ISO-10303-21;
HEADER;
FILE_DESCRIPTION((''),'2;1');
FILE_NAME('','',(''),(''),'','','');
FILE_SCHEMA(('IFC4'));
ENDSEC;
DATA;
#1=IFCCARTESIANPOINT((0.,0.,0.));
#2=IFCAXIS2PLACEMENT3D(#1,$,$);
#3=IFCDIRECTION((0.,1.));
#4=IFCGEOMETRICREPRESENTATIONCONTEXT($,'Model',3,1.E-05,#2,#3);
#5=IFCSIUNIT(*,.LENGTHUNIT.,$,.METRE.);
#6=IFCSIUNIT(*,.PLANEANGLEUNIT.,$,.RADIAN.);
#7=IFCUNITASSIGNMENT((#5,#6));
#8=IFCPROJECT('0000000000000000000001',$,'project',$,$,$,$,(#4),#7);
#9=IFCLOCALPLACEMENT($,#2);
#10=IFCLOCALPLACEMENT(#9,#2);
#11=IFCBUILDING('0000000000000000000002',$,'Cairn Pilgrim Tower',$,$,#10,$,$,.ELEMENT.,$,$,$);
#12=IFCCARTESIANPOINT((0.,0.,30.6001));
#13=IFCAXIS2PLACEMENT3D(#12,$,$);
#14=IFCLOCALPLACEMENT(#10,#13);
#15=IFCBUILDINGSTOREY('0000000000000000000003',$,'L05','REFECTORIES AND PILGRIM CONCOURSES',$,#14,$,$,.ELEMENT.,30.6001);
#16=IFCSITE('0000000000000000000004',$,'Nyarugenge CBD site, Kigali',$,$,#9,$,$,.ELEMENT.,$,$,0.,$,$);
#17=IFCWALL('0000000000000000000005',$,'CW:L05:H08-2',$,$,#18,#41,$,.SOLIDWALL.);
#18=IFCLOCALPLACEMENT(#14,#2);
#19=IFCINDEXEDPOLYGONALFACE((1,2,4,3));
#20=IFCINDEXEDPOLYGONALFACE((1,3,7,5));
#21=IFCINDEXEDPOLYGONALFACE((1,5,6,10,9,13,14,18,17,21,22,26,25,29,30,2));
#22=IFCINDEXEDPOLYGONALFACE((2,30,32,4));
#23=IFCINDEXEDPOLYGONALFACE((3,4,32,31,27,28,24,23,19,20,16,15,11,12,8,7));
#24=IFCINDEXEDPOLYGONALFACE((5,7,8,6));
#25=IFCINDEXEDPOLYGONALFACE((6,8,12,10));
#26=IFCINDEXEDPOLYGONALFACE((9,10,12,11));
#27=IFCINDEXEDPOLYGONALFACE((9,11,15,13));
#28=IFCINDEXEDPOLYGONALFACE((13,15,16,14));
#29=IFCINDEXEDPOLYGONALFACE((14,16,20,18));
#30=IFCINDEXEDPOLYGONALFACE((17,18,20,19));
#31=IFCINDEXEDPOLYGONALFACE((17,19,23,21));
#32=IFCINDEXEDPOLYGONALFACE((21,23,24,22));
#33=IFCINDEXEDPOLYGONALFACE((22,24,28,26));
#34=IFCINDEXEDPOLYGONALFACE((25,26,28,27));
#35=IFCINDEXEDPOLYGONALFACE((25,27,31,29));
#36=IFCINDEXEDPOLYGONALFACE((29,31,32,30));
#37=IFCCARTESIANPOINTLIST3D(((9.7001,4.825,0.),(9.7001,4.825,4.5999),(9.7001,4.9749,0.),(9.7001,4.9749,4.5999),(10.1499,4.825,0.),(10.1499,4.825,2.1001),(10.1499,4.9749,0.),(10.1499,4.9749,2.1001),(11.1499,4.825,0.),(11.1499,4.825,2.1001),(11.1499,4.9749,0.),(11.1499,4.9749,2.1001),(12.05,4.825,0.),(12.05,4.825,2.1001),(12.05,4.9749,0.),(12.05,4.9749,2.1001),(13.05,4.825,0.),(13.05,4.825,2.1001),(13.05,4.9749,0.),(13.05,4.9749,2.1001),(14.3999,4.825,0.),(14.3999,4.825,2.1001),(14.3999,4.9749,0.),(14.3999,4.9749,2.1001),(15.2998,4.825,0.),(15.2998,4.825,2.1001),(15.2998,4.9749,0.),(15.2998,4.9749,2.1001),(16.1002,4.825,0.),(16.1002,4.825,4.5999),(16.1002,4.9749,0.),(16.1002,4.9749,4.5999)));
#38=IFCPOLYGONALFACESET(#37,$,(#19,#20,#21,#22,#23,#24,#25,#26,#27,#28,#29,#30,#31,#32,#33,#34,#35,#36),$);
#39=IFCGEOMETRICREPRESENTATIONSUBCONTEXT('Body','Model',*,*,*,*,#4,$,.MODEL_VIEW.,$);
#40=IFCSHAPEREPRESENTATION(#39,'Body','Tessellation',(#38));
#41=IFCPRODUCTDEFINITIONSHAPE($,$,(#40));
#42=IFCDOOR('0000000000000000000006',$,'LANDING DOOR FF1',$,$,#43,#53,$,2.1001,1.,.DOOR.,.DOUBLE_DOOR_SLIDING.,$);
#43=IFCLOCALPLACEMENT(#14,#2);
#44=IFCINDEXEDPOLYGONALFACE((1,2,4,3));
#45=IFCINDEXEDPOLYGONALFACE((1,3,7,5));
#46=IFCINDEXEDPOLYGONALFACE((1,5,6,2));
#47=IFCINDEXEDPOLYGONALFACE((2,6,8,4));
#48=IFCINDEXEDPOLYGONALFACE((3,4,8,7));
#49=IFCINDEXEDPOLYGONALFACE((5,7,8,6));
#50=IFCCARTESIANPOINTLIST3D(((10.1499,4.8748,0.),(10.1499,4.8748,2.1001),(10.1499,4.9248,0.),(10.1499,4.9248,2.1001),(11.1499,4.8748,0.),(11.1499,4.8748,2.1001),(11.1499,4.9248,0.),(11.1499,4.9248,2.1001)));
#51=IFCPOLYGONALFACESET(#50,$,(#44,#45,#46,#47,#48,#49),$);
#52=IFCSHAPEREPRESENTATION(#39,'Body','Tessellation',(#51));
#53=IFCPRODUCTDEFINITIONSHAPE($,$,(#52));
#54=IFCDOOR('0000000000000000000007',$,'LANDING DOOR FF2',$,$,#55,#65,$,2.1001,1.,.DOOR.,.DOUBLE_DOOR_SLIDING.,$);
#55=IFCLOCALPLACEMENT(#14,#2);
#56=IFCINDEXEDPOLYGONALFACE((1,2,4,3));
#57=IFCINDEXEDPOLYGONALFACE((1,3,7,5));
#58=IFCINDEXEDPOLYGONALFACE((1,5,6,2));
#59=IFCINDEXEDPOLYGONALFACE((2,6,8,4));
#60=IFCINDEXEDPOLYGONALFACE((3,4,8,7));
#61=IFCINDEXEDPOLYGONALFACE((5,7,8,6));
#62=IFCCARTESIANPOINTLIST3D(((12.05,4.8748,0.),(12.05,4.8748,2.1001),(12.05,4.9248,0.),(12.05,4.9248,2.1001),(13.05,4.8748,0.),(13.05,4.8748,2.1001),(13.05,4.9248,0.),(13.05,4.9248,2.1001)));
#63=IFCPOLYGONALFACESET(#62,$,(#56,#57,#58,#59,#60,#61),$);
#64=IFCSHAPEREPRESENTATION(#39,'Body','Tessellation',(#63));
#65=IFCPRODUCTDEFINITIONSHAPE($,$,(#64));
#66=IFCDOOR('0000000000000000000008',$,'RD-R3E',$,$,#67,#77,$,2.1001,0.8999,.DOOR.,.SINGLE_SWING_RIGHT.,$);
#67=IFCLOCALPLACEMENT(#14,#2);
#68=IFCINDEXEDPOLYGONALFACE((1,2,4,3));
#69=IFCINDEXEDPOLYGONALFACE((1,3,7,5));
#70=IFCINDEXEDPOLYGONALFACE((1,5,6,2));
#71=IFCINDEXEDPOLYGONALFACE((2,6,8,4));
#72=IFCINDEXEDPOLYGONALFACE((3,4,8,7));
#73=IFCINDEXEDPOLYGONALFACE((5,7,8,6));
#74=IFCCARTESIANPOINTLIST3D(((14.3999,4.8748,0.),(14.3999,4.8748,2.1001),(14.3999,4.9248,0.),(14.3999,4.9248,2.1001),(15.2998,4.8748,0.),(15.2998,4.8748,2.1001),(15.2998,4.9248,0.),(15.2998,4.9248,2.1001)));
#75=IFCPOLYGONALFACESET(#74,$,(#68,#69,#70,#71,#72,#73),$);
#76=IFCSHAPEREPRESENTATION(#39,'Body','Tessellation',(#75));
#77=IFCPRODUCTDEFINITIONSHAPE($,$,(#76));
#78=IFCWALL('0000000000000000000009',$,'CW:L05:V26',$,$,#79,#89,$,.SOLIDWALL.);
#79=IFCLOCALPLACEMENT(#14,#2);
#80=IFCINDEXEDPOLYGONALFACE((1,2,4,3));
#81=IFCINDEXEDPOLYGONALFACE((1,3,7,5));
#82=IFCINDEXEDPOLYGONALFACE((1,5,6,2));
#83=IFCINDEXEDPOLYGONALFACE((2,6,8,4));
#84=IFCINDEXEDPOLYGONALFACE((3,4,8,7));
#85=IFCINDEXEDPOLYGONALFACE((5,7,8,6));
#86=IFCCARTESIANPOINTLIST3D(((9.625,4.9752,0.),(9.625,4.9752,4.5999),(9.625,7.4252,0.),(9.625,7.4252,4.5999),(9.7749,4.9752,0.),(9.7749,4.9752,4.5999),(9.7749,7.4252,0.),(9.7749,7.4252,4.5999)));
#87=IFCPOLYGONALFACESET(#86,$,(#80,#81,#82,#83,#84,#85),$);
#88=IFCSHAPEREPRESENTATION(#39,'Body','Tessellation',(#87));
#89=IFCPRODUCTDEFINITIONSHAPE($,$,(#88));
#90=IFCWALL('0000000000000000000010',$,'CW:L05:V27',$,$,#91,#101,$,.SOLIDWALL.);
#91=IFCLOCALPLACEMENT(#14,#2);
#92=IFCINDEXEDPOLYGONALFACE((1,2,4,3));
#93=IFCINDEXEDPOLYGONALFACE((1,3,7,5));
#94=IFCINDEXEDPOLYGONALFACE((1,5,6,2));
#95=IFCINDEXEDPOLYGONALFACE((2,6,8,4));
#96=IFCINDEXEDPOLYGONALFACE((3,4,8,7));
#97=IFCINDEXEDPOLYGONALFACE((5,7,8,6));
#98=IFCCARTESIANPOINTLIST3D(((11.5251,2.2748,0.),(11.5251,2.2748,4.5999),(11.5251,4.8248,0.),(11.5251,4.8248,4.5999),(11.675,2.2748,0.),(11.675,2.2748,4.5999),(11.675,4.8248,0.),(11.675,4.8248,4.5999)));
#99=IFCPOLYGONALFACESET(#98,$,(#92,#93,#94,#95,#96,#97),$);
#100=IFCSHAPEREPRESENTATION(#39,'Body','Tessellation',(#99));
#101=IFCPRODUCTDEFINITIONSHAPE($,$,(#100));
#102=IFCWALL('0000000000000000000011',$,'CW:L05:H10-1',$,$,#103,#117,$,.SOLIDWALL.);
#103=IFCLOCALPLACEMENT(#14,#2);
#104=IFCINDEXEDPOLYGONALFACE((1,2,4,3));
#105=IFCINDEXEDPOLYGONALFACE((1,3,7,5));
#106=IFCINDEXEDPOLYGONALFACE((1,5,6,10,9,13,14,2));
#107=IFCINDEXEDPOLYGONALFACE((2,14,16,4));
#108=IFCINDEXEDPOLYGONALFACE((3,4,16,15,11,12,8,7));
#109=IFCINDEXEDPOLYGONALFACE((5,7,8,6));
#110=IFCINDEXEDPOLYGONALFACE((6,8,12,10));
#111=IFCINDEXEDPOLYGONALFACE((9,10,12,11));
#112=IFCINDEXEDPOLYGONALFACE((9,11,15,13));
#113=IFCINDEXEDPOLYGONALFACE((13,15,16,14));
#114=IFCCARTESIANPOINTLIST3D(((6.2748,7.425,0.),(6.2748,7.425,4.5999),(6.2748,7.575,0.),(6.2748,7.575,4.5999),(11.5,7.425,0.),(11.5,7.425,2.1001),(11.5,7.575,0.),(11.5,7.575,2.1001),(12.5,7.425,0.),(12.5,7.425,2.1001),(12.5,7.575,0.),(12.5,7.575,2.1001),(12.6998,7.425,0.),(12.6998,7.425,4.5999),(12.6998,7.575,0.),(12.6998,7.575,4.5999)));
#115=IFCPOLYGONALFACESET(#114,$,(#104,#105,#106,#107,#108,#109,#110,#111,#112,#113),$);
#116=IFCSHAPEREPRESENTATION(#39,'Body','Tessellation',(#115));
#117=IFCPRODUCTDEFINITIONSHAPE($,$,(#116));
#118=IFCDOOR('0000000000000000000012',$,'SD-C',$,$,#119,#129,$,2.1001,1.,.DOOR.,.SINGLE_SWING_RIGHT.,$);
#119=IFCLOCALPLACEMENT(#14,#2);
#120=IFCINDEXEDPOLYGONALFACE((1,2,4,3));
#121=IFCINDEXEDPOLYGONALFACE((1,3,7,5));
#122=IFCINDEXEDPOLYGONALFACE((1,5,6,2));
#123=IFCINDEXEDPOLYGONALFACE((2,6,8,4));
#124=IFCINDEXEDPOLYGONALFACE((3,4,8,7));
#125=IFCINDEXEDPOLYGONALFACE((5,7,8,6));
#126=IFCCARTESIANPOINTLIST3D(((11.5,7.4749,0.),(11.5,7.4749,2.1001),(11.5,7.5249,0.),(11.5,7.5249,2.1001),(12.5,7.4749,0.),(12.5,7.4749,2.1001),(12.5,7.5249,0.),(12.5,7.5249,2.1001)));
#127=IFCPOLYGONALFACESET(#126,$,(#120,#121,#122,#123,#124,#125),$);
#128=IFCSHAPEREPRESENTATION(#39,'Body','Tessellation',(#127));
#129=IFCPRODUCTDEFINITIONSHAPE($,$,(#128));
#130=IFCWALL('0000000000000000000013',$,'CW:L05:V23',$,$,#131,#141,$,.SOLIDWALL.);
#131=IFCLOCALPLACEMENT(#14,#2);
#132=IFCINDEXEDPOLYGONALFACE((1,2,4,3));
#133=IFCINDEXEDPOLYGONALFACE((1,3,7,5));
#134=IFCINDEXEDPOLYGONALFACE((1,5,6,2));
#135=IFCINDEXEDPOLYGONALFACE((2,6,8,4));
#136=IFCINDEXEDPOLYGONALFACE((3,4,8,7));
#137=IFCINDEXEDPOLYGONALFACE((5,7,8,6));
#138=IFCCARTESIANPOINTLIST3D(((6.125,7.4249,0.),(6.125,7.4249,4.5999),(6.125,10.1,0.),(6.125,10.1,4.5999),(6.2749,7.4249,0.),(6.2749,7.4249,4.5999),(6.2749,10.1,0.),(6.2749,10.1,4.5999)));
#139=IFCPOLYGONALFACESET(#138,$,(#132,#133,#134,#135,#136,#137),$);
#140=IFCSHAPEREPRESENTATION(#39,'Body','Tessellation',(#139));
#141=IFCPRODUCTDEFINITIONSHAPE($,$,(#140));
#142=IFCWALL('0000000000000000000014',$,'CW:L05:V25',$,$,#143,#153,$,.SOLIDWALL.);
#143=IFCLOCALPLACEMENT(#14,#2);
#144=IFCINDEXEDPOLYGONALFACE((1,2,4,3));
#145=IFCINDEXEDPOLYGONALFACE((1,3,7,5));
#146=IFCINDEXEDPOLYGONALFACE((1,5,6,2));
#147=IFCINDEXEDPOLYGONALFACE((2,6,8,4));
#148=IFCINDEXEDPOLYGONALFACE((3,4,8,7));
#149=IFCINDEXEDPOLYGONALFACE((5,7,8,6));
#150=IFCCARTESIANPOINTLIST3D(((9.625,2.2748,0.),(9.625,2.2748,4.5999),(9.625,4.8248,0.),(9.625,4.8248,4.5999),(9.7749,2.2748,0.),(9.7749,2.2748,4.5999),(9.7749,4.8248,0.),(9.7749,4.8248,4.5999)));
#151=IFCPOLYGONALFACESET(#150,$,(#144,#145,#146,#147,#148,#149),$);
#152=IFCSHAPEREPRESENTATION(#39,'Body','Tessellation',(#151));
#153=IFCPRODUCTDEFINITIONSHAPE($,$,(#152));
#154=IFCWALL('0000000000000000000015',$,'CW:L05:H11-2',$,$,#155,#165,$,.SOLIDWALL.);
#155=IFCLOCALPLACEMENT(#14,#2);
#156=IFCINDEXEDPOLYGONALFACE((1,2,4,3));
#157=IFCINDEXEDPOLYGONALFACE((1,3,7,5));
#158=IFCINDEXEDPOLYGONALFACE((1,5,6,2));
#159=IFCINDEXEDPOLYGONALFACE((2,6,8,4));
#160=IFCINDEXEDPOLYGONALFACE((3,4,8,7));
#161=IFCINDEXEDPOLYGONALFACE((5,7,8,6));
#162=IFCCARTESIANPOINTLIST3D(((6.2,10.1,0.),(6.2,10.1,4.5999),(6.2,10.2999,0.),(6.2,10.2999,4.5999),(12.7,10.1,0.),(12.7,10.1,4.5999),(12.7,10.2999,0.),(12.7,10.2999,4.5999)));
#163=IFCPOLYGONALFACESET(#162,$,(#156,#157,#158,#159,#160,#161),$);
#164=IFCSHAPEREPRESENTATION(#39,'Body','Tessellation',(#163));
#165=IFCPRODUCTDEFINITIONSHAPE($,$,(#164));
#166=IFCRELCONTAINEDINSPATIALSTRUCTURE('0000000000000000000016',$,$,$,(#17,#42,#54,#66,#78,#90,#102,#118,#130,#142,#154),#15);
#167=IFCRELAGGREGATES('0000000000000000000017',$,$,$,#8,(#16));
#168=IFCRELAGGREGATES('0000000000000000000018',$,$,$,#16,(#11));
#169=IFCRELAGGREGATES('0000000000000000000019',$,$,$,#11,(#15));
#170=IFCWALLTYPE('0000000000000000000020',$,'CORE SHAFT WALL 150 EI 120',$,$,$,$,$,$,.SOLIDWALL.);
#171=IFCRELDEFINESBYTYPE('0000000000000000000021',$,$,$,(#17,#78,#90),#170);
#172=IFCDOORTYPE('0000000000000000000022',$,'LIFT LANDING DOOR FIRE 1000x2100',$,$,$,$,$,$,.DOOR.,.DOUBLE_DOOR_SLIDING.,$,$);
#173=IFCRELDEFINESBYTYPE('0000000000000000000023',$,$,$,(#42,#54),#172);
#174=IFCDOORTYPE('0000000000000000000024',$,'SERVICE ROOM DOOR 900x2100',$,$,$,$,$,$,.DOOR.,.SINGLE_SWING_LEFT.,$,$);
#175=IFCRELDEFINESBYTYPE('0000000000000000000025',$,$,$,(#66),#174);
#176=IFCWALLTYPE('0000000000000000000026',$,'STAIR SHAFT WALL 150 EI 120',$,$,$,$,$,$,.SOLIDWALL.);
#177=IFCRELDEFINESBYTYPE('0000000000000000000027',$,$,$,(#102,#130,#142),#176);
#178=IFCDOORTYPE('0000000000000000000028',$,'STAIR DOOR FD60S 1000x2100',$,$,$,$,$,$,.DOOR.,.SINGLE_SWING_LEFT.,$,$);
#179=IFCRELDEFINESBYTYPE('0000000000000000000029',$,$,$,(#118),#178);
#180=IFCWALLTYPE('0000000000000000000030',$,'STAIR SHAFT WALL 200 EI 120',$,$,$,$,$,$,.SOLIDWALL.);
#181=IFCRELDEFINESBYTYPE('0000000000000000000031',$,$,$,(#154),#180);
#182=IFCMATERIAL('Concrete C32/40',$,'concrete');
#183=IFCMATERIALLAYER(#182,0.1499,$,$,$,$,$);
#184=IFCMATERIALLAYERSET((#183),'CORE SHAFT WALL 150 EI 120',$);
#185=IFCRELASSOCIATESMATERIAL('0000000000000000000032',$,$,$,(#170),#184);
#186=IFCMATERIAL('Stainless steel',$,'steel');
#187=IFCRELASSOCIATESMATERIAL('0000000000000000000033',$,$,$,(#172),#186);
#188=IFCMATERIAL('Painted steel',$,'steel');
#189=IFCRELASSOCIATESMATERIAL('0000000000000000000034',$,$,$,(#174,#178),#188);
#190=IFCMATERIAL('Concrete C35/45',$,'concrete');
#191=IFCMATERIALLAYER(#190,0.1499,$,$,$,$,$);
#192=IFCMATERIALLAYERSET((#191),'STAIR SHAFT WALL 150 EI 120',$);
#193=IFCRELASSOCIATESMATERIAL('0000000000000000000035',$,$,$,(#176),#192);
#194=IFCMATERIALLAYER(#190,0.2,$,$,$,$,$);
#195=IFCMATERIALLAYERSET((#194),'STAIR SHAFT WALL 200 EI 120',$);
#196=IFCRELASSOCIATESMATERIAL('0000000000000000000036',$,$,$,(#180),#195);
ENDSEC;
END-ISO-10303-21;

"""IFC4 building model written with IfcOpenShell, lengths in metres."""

from ifc_helpers import new_model, si_unit, direction, frame, frame_2d, origin, place, context, subcontext, project, spatial, rectangle, extrude, material, layer, layer_set, type_object, element, fill, save


model = new_model("IFC4")

# Units and contexts
model_context = context("Model", 3, precision=1e-05, world=origin(), true_north=direction((0.0, 1.0)))
body_context = subcontext(model_context, "Body", "Model", "MODEL_VIEW")
ifc_project = project(units=[si_unit("LENGTHUNIT", "METRE"), si_unit("PLANEANGLEUNIT", "RADIAN")], contexts=[model_context])

# Site, building, storey
site_placement = place(None, origin())
site = spatial("IfcSite", under=ifc_project, at=site_placement, Name="Nyarugenge CBD site, Kigali", CompositionType="ELEMENT", RefElevation=0.0)
building_placement = place(site_placement, origin())
building = spatial("IfcBuilding", under=site, at=building_placement, Name="Cairn Pilgrim Tower", CompositionType="ELEMENT")
storey_placement = place(building_placement, frame((0.0, 0.0, 30.6001)))
storey = spatial("IfcBuildingStorey", under=building, at=storey_placement, Name="L05", Description="REFECTORIES AND PILGRIM CONCOURSES", CompositionType="ELEMENT", Elevation=30.6001)

# Shared definitions
ifc_material_1 = material(Name="Concrete C32/40", Category="concrete")
ifc_layer_1 = layer(ifc_material_1, 0.1499)
ifc_layer_set_1 = layer_set([ifc_layer_1], Name="CORE SHAFT WALL 150 EI 120")
wall_type_1 = type_object("IfcWallType", Name="CORE SHAFT WALL 150 EI 120", PredefinedType="SOLIDWALL", material=ifc_layer_set_1)

# Wall, openings, doors
wall_1_placement = place(storey_placement, frame((9.7, 4.8999, 0.0), z_axis=(0.0, 0.0, 1.0), x_axis=(1.0, 0.0, 0.0)))
wall_1 = element("IfcWall", 1, at=wall_1_placement, inside=storey, type_object=wall_type_1, Name="CW:L05:H08-2", PredefinedType="SOLIDWALL", context=body_context, shape_type="SweptSolid", body=[
    extrude(rectangle(XDim=6.4001, YDim=0.1499, at=frame_2d((3.2002, 0.0))), origin(), (0.0, 0.0, 1.0), 4.5999),
])
opening_1_placement = place(wall_1_placement, frame((0.45, 0.0, 0.0)))
opening_1 = element("IfcOpeningElement", 2, at=opening_1_placement, cuts=wall_1, PredefinedType="OPENING", context=body_context, shape_type="SweptSolid", body=[
    extrude(rectangle(XDim=1.0, YDim=2.1001, at=frame_2d((0.5, 1.05))), frame((0.0, 0.085, 0.0), z_axis=(0.0, -1.0, 0.0), x_axis=(1.0, 0.0, 0.0)), (0.0, 0.0, 1.0), 0.1699),
])
opening_2_placement = place(wall_1_placement, frame((2.3501, 0.0, 0.0)))
opening_2 = element("IfcOpeningElement", 3, at=opening_2_placement, cuts=wall_1, PredefinedType="OPENING", context=body_context, shape_type="SweptSolid", body=[
    extrude(rectangle(XDim=1.0, YDim=2.1001, at=frame_2d((0.5, 1.05))), frame((0.0, 0.085, 0.0), z_axis=(0.0, -1.0, 0.0), x_axis=(1.0, 0.0, 0.0)), (0.0, 0.0, 1.0), 0.1699),
])
opening_3_placement = place(wall_1_placement, frame((4.7, 0.0, 0.0)))
opening_3 = element("IfcOpeningElement", 4, at=opening_3_placement, cuts=wall_1, PredefinedType="OPENING", context=body_context, shape_type="SweptSolid", body=[
    extrude(rectangle(XDim=0.8999, YDim=2.1001, at=frame_2d((0.45, 1.05))), frame((0.0, 0.085, 0.0), z_axis=(0.0, -1.0, 0.0), x_axis=(1.0, 0.0, 0.0)), (0.0, 0.0, 1.0), 0.1699),
])
ifc_material_2 = material(Name="Stainless steel", Category="steel")
door_type_1 = type_object("IfcDoorType", Name="LIFT LANDING DOOR FIRE 1000x2100", OperationType="DOUBLE_DOOR_SLIDING", PredefinedType="DOOR", material=ifc_material_2)
door_1_placement = place(opening_1_placement, origin())
door_1 = element("IfcDoor", 5, at=door_1_placement, inside=storey, type_object=door_type_1, Name="LANDING DOOR FF1", OperationType="DOUBLE_DOOR_SLIDING", OverallHeight=2.1001, OverallWidth=1.0, PredefinedType="DOOR", context=body_context, shape_type="SweptSolid", body=[
    extrude(rectangle(XDim=1.0, YDim=2.1001, at=frame_2d((0.5, 1.05))), frame((0.0, 0.0249, 0.0), z_axis=(0.0, -1.0, 0.0), x_axis=(1.0, 0.0, 0.0)), (0.0, 0.0, 1.0), 0.05),
])
fill(opening_1, door_1)
door_2_placement = place(opening_2_placement, origin())
door_2 = element("IfcDoor", 6, at=door_2_placement, inside=storey, type_object=door_type_1, Name="LANDING DOOR FF2", OperationType="DOUBLE_DOOR_SLIDING", OverallHeight=2.1001, OverallWidth=1.0, PredefinedType="DOOR", context=body_context, shape_type="SweptSolid", body=[
    extrude(rectangle(XDim=1.0, YDim=2.1001, at=frame_2d((0.5, 1.05))), frame((0.0, 0.0249, 0.0), z_axis=(0.0, -1.0, 0.0), x_axis=(1.0, 0.0, 0.0)), (0.0, 0.0, 1.0), 0.05),
])
fill(opening_2, door_2)
ifc_material_3 = material(Name="Painted steel", Category="steel")
door_type_2 = type_object("IfcDoorType", Name="SERVICE ROOM DOOR 900x2100", OperationType="SINGLE_SWING_LEFT", PredefinedType="DOOR", material=ifc_material_3)
door_3_placement = place(opening_3_placement, origin())
door_3 = element("IfcDoor", 7, at=door_3_placement, inside=storey, type_object=door_type_2, Name="RD-R3E", OperationType="SINGLE_SWING_RIGHT", OverallHeight=2.1001, OverallWidth=0.8999, PredefinedType="DOOR", context=body_context, shape_type="SweptSolid", body=[
    extrude(rectangle(XDim=0.8999, YDim=2.1001, at=frame_2d((0.45, 1.05))), frame((0.0, 0.0249, 0.0), z_axis=(0.0, -1.0, 0.0), x_axis=(1.0, 0.0, 0.0)), (0.0, 0.0, 1.0), 0.05),
])
fill(opening_3, door_3)

# Walls
wall_2_placement = place(storey_placement, frame((9.7, 4.9751, 0.0), z_axis=(0.0, 0.0, 1.0), x_axis=(0.0, 1.0, 0.0)))
element("IfcWall", 8, at=wall_2_placement, inside=storey, type_object=wall_type_1, Name="CW:L05:V26", PredefinedType="SOLIDWALL", context=body_context, shape_type="SweptSolid", body=[
    extrude(rectangle(XDim=2.45, YDim=0.1499, at=frame_2d((1.2251, 0.0))), origin(), (0.0, 0.0, 1.0), 4.5999),
])
wall_3_placement = place(storey_placement, frame((11.6001, 2.2749, 0.0), z_axis=(0.0, 0.0, 1.0), x_axis=(0.0, 1.0, 0.0)))
element("IfcWall", 9, at=wall_3_placement, inside=storey, type_object=wall_type_1, Name="CW:L05:V27", PredefinedType="SOLIDWALL", context=body_context, shape_type="SweptSolid", body=[
    extrude(rectangle(XDim=2.55, YDim=0.1499, at=frame_2d((1.2749, 0.0))), origin(), (0.0, 0.0, 1.0), 4.5999),
])

# Wall, opening, door
ifc_material_4 = material(Name="Concrete C35/45", Category="concrete")
ifc_layer_2 = layer(ifc_material_4, 0.1499)
ifc_layer_set_2 = layer_set([ifc_layer_2], Name="STAIR SHAFT WALL 150 EI 120")
wall_type_2 = type_object("IfcWallType", Name="STAIR SHAFT WALL 150 EI 120", PredefinedType="SOLIDWALL", material=ifc_layer_set_2)
wall_4_placement = place(storey_placement, frame((6.2749, 7.5, 0.0), z_axis=(0.0, 0.0, 1.0), x_axis=(1.0, 0.0, 0.0)))
wall_4 = element("IfcWall", 10, at=wall_4_placement, inside=storey, type_object=wall_type_2, Name="CW:L05:H10-1", PredefinedType="SOLIDWALL", context=body_context, shape_type="SweptSolid", body=[
    extrude(rectangle(XDim=6.425, YDim=0.1499, at=frame_2d((3.2124, 0.0))), origin(), (0.0, 0.0, 1.0), 4.5999),
])
opening_4_placement = place(wall_4_placement, frame((5.2251, 0.0, 0.0)))
opening_4 = element("IfcOpeningElement", 11, at=opening_4_placement, cuts=wall_4, PredefinedType="OPENING", context=body_context, shape_type="SweptSolid", body=[
    extrude(rectangle(XDim=1.0, YDim=2.1001, at=frame_2d((0.5, 1.05))), frame((0.0, 0.085, 0.0), z_axis=(0.0, -1.0, 0.0), x_axis=(1.0, 0.0, 0.0)), (0.0, 0.0, 1.0), 0.1699),
])
door_type_3 = type_object("IfcDoorType", Name="STAIR DOOR FD60S 1000x2100", OperationType="SINGLE_SWING_LEFT", PredefinedType="DOOR", material=ifc_material_3)
door_4_placement = place(opening_4_placement, origin())
door_4 = element("IfcDoor", 12, at=door_4_placement, inside=storey, type_object=door_type_3, Name="SD-C", OperationType="SINGLE_SWING_RIGHT", OverallHeight=2.1001, OverallWidth=1.0, PredefinedType="DOOR", context=body_context, shape_type="SweptSolid", body=[
    extrude(rectangle(XDim=1.0, YDim=2.1001, at=frame_2d((0.5, 1.05))), frame((0.0, 0.0249, 0.0), z_axis=(0.0, -1.0, 0.0), x_axis=(1.0, 0.0, 0.0)), (0.0, 0.0, 1.0), 0.05),
])
fill(opening_4, door_4)

# Walls
wall_5_placement = place(storey_placement, frame((6.2, 7.425, 0.0), z_axis=(0.0, 0.0, 1.0), x_axis=(0.0, 1.0, 0.0)))
element("IfcWall", 13, at=wall_5_placement, inside=storey, type_object=wall_type_2, Name="CW:L05:V23", PredefinedType="SOLIDWALL", context=body_context, shape_type="SweptSolid", body=[
    extrude(rectangle(XDim=2.675, YDim=0.1499, at=frame_2d((1.3374, 0.0))), origin(), (0.0, 0.0, 1.0), 4.5999),
])
wall_6_placement = place(storey_placement, frame((9.7, 2.2749, 0.0), z_axis=(0.0, 0.0, 1.0), x_axis=(0.0, 1.0, 0.0)))
element("IfcWall", 14, at=wall_6_placement, inside=storey, type_object=wall_type_2, Name="CW:L05:V25", PredefinedType="SOLIDWALL", context=body_context, shape_type="SweptSolid", body=[
    extrude(rectangle(XDim=2.55, YDim=0.1499, at=frame_2d((1.2749, 0.0))), origin(), (0.0, 0.0, 1.0), 4.5999),
])
ifc_layer_3 = layer(ifc_material_4, 0.2)
ifc_layer_set_3 = layer_set([ifc_layer_3], Name="STAIR SHAFT WALL 200 EI 120")
wall_type_3 = type_object("IfcWallType", Name="STAIR SHAFT WALL 200 EI 120", PredefinedType="SOLIDWALL", material=ifc_layer_set_3)
wall_7_placement = place(storey_placement, frame((6.2, 10.2, 0.0), z_axis=(0.0, 0.0, 1.0), x_axis=(1.0, 0.0, 0.0)))
element("IfcWall", 15, at=wall_7_placement, inside=storey, type_object=wall_type_3, Name="CW:L05:H11-2", PredefinedType="SOLIDWALL", context=body_context, shape_type="SweptSolid", body=[
    extrude(rectangle(XDim=6.5, YDim=0.2, at=frame_2d((3.25, 0.0))), origin(), (0.0, 0.0, 1.0), 4.5999),
])

save(model, "model.ifc")
